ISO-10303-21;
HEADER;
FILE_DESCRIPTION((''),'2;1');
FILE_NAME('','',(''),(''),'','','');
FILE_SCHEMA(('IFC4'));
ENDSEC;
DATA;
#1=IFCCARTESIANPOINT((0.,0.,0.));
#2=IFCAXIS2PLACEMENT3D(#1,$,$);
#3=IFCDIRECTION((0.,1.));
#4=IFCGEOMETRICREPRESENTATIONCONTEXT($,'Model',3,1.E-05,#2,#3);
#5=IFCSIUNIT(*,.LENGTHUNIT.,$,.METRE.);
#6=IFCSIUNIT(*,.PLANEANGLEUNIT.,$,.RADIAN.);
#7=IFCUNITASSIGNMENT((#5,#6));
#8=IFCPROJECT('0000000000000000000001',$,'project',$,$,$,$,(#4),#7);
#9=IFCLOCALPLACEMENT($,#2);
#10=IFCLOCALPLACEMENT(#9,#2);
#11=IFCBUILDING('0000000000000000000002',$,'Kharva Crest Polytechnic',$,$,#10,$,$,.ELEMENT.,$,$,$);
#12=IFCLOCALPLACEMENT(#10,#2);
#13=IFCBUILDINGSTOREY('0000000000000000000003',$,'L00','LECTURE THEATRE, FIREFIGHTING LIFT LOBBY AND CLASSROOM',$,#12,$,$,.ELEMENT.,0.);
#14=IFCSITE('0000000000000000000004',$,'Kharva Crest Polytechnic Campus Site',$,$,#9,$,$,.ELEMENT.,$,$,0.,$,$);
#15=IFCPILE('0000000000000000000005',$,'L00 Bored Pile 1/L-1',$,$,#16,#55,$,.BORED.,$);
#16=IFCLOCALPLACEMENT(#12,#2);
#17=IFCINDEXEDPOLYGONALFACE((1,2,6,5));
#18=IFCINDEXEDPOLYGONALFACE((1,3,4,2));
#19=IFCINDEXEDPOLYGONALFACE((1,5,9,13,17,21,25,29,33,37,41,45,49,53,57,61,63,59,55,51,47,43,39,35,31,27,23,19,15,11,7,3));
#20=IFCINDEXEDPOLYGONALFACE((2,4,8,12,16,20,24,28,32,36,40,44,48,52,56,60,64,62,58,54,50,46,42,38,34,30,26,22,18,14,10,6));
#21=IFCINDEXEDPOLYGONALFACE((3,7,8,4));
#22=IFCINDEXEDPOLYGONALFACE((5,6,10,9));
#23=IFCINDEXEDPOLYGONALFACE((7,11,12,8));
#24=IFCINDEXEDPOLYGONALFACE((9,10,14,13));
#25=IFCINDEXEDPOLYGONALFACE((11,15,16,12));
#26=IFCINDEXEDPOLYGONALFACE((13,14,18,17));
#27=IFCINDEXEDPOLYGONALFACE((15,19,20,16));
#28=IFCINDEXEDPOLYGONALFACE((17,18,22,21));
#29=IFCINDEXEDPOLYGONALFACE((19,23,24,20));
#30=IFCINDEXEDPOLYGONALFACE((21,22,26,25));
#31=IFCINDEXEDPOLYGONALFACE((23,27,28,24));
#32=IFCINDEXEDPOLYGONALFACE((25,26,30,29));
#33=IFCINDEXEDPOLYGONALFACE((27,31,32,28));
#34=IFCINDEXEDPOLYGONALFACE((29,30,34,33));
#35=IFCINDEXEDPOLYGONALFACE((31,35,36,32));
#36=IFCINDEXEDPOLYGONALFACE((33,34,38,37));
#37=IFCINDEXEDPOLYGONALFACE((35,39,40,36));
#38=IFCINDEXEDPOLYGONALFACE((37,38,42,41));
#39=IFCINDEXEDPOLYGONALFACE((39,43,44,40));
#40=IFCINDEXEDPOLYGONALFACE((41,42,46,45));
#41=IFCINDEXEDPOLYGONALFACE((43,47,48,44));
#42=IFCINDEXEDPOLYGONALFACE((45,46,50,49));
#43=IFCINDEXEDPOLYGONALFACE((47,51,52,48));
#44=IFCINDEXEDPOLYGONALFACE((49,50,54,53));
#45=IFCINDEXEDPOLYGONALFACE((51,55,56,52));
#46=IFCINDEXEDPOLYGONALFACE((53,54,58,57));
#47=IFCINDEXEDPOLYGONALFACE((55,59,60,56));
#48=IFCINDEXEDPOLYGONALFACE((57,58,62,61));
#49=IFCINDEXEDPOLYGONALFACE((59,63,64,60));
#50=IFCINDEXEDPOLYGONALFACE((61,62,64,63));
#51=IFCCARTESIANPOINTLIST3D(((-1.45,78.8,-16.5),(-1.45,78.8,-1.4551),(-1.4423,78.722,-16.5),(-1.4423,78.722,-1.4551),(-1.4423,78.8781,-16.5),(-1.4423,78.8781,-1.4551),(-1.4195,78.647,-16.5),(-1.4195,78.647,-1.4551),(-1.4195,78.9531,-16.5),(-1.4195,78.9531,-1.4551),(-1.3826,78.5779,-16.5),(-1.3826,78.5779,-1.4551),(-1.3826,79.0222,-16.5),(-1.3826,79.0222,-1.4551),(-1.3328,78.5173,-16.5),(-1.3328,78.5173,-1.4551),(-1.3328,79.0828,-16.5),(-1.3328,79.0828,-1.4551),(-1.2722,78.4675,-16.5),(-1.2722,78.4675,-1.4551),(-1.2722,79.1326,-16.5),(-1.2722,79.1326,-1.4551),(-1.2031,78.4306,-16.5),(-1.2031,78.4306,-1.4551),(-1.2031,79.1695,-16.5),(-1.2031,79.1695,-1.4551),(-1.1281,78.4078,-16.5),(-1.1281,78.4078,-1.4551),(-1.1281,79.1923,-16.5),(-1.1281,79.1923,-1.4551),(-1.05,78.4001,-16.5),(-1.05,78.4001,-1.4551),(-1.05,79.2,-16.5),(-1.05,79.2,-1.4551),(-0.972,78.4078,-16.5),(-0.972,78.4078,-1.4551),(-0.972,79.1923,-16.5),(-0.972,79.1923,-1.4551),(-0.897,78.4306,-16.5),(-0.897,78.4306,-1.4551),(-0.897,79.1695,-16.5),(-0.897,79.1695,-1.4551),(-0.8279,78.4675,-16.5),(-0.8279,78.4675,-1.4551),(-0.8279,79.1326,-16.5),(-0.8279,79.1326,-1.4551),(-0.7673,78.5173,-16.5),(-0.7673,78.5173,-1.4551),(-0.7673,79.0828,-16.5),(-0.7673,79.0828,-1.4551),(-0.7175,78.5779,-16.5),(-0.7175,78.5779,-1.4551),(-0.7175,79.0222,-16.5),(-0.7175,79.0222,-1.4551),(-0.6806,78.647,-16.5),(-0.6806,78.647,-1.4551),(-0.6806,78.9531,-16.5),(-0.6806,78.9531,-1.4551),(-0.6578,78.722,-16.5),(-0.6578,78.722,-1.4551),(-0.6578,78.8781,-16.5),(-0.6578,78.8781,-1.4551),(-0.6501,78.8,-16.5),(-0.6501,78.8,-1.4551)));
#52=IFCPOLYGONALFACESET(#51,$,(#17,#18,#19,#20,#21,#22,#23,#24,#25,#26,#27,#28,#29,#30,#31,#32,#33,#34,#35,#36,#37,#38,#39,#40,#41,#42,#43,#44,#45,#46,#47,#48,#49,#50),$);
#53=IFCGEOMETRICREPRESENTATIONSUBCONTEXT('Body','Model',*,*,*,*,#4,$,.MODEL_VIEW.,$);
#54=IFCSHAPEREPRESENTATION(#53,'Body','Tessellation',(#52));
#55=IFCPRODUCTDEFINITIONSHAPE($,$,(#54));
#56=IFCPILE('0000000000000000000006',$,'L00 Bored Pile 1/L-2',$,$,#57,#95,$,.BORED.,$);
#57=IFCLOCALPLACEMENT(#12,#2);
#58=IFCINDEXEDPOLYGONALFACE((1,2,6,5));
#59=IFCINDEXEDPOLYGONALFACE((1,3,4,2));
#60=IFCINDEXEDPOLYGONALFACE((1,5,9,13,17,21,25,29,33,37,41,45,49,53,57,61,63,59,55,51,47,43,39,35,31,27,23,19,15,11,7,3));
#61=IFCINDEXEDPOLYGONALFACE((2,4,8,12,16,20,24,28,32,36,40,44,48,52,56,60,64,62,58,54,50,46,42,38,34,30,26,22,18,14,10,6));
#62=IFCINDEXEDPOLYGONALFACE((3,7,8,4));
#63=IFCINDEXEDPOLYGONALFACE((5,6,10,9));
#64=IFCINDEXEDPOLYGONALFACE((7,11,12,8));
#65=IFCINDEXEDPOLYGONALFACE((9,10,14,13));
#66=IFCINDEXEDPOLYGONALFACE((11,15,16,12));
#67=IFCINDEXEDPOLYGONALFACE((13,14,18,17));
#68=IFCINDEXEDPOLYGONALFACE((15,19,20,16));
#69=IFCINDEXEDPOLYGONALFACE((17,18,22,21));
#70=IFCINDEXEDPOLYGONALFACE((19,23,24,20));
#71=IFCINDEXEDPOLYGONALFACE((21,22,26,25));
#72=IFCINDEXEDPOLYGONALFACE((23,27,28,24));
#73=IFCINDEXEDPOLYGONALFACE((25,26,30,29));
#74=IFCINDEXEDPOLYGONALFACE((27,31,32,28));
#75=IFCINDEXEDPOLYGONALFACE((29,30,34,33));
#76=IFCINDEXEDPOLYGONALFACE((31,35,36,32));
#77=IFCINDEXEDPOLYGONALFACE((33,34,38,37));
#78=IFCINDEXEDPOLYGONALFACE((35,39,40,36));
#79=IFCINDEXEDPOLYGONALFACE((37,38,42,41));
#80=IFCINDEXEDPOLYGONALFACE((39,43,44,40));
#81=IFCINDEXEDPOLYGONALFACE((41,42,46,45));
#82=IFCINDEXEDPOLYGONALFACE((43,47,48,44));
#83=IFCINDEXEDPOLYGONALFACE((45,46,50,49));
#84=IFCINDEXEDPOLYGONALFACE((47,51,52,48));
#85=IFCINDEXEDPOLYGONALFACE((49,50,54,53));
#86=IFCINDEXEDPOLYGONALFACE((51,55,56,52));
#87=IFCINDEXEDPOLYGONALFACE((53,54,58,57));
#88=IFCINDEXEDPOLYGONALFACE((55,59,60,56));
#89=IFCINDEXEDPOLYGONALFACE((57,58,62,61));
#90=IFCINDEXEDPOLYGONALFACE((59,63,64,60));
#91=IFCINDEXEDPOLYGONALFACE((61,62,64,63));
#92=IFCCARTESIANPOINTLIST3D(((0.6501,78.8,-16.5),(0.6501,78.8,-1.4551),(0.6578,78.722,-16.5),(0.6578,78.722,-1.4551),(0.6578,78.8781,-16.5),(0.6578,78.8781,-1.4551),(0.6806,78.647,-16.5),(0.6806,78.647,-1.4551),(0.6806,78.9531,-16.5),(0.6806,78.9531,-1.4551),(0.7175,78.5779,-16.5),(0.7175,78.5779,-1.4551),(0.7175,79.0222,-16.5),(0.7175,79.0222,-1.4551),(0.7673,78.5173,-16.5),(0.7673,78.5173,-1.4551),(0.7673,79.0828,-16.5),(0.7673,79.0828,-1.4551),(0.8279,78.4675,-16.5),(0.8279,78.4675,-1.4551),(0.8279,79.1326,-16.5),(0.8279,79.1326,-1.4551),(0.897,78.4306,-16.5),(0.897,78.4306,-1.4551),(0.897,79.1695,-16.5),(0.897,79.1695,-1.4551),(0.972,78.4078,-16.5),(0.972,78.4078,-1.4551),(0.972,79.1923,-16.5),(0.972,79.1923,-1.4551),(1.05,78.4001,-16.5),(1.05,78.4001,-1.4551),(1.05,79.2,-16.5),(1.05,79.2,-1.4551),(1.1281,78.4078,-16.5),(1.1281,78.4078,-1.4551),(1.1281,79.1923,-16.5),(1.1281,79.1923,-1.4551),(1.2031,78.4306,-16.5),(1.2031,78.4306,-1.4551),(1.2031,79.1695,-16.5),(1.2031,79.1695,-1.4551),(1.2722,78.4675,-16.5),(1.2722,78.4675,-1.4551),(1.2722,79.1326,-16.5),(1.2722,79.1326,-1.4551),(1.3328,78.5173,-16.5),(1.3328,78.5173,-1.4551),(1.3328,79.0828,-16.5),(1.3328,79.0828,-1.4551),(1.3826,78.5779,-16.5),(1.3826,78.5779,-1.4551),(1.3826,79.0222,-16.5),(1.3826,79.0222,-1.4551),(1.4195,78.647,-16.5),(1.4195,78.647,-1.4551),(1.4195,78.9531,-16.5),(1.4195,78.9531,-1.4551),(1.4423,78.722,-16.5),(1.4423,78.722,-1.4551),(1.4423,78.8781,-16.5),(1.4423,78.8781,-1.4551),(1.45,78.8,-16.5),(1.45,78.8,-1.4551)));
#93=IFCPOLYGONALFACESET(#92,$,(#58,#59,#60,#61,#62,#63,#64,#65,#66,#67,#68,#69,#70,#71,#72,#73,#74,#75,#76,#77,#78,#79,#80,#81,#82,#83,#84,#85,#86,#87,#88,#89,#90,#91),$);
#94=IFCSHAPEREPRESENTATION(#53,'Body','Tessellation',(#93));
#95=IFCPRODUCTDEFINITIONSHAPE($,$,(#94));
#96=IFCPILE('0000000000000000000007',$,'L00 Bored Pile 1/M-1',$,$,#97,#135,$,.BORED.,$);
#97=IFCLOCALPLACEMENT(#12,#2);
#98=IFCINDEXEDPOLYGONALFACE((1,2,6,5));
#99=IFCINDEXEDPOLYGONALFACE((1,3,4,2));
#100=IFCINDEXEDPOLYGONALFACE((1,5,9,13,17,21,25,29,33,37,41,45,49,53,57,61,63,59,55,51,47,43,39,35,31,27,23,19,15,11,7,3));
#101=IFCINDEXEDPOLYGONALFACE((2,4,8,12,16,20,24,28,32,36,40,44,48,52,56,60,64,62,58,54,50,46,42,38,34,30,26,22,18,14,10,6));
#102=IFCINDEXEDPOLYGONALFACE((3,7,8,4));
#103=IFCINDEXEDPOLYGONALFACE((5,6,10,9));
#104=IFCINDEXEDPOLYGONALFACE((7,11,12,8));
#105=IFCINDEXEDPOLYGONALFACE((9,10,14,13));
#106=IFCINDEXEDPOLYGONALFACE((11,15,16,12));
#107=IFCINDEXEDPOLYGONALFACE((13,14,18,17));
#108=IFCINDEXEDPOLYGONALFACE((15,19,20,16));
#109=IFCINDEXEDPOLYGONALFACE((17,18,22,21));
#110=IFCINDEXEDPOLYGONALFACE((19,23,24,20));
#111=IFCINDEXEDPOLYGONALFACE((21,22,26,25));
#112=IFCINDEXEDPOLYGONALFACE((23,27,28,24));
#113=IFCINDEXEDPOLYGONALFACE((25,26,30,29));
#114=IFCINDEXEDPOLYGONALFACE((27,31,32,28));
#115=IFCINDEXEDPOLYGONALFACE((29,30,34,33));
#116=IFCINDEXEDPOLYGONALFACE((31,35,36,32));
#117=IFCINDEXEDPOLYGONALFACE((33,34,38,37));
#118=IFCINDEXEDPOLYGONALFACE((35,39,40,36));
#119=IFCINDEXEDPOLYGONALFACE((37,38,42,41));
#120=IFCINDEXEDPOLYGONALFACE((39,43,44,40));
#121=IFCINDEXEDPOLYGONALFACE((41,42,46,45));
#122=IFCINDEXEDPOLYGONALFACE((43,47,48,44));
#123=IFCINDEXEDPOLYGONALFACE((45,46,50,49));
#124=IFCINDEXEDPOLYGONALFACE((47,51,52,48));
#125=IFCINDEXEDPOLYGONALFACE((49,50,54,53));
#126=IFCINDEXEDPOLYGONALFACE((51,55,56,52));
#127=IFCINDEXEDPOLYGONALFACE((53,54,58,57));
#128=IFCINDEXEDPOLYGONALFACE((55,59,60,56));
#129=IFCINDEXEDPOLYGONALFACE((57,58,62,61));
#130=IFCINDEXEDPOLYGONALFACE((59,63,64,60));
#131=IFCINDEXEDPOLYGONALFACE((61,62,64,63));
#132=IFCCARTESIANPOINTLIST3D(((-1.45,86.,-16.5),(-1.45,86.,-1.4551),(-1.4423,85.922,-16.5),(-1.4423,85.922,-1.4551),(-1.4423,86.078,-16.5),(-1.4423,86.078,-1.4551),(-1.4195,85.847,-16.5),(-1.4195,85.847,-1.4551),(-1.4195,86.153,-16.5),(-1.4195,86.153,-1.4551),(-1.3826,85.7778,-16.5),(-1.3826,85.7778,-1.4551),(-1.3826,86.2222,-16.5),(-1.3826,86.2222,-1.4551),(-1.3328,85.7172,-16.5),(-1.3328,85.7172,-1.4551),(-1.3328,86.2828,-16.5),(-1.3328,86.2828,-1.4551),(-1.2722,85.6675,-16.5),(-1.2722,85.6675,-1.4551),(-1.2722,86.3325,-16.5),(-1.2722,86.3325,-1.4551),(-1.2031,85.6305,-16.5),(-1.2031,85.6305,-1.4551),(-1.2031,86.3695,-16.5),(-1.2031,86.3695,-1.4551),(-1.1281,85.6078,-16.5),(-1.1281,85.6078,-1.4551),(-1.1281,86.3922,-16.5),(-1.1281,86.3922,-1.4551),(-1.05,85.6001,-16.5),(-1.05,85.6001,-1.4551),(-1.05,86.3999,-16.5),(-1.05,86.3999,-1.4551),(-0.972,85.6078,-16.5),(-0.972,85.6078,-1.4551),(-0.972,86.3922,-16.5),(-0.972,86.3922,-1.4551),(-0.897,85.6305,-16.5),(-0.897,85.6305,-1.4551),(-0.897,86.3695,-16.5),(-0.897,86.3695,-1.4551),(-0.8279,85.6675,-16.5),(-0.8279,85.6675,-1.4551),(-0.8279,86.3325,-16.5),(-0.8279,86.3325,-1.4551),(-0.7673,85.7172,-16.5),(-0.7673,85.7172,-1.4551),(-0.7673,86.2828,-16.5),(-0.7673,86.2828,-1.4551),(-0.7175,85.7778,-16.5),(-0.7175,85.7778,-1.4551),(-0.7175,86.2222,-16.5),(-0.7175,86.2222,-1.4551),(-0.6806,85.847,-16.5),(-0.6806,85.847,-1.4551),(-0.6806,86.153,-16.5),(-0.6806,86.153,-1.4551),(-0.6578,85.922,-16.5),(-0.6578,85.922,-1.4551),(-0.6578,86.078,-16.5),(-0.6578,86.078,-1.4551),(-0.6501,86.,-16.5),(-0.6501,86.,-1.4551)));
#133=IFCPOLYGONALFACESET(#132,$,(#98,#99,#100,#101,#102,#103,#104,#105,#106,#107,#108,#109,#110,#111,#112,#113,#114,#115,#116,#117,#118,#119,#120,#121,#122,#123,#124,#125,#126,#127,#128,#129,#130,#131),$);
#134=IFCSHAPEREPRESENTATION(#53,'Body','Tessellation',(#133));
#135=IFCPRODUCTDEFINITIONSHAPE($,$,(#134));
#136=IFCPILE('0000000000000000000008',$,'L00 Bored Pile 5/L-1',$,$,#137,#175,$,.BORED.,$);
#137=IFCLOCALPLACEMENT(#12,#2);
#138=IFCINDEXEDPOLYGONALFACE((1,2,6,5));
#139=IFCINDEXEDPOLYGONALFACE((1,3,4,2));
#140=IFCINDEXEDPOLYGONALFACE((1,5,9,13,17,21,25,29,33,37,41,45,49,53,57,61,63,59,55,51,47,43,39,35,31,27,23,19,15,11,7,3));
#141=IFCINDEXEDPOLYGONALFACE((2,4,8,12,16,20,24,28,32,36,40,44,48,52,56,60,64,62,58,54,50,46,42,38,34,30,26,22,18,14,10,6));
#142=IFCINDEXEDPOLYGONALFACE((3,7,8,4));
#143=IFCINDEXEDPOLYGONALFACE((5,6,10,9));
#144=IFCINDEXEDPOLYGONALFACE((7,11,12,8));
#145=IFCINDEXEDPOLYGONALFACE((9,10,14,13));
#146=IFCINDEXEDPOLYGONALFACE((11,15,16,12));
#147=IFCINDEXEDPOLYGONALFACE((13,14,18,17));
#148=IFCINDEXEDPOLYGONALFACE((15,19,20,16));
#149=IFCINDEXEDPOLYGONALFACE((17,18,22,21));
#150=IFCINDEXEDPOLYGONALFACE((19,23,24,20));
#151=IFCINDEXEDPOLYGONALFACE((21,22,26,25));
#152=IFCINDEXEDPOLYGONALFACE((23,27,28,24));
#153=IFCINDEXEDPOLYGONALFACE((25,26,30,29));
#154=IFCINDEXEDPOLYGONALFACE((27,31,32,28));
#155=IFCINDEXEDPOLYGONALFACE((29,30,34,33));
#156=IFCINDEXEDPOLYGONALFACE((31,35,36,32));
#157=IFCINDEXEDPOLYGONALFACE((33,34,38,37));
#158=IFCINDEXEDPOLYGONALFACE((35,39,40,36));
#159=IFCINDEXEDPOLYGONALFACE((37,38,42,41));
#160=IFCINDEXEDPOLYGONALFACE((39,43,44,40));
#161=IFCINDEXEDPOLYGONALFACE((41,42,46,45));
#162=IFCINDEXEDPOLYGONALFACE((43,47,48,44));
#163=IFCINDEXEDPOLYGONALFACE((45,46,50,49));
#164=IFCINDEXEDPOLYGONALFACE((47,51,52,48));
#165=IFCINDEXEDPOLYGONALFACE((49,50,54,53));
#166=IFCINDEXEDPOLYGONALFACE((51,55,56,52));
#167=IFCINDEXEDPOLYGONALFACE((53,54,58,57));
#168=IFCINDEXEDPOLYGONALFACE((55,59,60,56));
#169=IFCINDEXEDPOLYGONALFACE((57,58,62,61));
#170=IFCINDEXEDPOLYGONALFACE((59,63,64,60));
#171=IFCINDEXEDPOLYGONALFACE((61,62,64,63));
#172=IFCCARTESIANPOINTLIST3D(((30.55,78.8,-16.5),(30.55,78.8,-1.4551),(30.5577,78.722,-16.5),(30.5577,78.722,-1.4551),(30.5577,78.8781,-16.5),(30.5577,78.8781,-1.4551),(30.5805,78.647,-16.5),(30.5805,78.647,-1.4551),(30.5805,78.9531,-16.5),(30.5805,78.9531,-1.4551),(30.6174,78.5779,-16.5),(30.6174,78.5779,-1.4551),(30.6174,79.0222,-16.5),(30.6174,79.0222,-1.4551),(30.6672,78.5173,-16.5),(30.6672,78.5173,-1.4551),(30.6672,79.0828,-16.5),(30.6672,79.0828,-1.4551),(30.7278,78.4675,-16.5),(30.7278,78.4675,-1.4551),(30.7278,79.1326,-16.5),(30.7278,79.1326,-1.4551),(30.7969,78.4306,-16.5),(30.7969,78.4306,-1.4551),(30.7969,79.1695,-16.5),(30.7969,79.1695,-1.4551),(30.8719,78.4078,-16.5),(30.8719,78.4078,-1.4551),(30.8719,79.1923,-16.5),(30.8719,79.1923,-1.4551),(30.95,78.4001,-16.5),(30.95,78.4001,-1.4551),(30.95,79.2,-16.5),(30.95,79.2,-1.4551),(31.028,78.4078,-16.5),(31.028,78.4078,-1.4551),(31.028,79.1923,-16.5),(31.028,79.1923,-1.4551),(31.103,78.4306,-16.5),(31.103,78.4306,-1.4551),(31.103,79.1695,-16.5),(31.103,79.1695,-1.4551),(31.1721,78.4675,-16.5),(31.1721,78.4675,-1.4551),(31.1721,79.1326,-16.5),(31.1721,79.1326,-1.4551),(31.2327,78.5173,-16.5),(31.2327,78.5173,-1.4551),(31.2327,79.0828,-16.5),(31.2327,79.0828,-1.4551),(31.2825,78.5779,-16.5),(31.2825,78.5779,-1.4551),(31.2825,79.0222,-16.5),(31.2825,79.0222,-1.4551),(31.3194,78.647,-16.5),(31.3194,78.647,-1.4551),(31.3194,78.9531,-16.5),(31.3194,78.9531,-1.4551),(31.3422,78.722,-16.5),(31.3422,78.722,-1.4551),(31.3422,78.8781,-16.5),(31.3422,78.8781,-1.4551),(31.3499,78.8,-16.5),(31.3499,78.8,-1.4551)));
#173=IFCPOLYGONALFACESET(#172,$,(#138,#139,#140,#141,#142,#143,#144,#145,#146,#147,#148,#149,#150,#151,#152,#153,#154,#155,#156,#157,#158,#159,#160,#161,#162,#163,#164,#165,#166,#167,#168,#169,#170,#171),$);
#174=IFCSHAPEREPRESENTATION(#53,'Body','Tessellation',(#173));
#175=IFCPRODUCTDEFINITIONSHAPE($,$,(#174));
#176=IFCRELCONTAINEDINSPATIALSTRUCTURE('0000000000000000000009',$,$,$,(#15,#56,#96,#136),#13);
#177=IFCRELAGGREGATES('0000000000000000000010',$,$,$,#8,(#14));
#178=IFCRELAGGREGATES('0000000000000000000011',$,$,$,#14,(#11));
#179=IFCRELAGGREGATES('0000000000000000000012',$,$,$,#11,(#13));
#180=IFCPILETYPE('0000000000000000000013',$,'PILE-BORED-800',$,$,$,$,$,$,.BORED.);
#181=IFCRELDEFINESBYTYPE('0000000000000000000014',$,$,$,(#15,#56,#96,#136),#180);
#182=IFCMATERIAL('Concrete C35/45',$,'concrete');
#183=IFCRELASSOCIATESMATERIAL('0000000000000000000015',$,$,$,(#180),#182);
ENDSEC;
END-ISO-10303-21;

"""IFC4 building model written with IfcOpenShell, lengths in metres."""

from ifc_helpers import new_model, si_unit, direction, frame, origin, origin_2d, place, context, subcontext, project, spatial, circle, extrude, material, material_profile, profile_set, type_object, element, save


model = new_model("IFC4")

# Units and contexts
model_context = context("Model", 3, precision=1e-05, world=origin(), true_north=direction((0.0, 1.0)))
body_context = subcontext(model_context, "Body", "Model", "MODEL_VIEW")
ifc_project = project(units=[si_unit("LENGTHUNIT", "METRE"), si_unit("PLANEANGLEUNIT", "RADIAN")], contexts=[model_context])

# Site, building, storey
site_placement = place(None, origin())
site = spatial("IfcSite", under=ifc_project, at=site_placement, Name="Kharva Crest Polytechnic Campus Site", CompositionType="ELEMENT", RefElevation=0.0)
building_placement = place(site_placement, origin())
building = spatial("IfcBuilding", under=site, at=building_placement, Name="Kharva Crest Polytechnic", CompositionType="ELEMENT")
storey_placement = place(building_placement, origin())
storey = spatial("IfcBuildingStorey", under=building, at=storey_placement, Name="L00", Description="LECTURE THEATRE, FIREFIGHTING LIFT LOBBY AND CLASSROOM", CompositionType="ELEMENT", Elevation=0.0)

# Shared definitions
ifc_material_1 = material(Name="Concrete C35/45", Category="concrete")

# Piles
ifc_material_profile_1 = material_profile(ifc_material_1, circle(Radius=0.3999, at=origin_2d()), Name="DIA 800")
ifc_profile_set_1 = profile_set([ifc_material_profile_1], Name="Concrete C35/45")
pile_type_1 = type_object("IfcPileType", Name="PILE-BORED-800", PredefinedType="BORED", material=ifc_profile_set_1)
for number, where, z_axis, x_axis, name in (
    (1, (-1.05, 78.8, -1.4551), (0.0, 0.0, -1.0), (1.0, 0.0, 0.0), "L00 Bored Pile 1/L-1"),
    (2, (1.05, 78.8, -1.4551), (0.0, 0.0, -1.0), (1.0, 0.0, 0.0), "L00 Bored Pile 1/L-2"),
    (3, (-1.05, 86.0, -1.4551), (0.0, 0.0, -1.0), (1.0, 0.0, 0.0), "L00 Bored Pile 1/M-1"),
    (4, (30.95, 78.8, -1.4551), (0.0, 0.0, -1.0), (1.0, 0.0, 0.0), "L00 Bored Pile 5/L-1"),
):
    element("IfcPile", number, at=place(storey_placement, frame(where, z_axis=z_axis, x_axis=x_axis)), inside=storey, type_object=pile_type_1, Name=name, PredefinedType="BORED", context=body_context, shape_type="SweptSolid", body=[
        extrude(circle(Radius=0.3999, at=origin_2d()), origin(), (0.0, 0.0, 1.0), 15.0449),
    ])

save(model, "model.ifc")
